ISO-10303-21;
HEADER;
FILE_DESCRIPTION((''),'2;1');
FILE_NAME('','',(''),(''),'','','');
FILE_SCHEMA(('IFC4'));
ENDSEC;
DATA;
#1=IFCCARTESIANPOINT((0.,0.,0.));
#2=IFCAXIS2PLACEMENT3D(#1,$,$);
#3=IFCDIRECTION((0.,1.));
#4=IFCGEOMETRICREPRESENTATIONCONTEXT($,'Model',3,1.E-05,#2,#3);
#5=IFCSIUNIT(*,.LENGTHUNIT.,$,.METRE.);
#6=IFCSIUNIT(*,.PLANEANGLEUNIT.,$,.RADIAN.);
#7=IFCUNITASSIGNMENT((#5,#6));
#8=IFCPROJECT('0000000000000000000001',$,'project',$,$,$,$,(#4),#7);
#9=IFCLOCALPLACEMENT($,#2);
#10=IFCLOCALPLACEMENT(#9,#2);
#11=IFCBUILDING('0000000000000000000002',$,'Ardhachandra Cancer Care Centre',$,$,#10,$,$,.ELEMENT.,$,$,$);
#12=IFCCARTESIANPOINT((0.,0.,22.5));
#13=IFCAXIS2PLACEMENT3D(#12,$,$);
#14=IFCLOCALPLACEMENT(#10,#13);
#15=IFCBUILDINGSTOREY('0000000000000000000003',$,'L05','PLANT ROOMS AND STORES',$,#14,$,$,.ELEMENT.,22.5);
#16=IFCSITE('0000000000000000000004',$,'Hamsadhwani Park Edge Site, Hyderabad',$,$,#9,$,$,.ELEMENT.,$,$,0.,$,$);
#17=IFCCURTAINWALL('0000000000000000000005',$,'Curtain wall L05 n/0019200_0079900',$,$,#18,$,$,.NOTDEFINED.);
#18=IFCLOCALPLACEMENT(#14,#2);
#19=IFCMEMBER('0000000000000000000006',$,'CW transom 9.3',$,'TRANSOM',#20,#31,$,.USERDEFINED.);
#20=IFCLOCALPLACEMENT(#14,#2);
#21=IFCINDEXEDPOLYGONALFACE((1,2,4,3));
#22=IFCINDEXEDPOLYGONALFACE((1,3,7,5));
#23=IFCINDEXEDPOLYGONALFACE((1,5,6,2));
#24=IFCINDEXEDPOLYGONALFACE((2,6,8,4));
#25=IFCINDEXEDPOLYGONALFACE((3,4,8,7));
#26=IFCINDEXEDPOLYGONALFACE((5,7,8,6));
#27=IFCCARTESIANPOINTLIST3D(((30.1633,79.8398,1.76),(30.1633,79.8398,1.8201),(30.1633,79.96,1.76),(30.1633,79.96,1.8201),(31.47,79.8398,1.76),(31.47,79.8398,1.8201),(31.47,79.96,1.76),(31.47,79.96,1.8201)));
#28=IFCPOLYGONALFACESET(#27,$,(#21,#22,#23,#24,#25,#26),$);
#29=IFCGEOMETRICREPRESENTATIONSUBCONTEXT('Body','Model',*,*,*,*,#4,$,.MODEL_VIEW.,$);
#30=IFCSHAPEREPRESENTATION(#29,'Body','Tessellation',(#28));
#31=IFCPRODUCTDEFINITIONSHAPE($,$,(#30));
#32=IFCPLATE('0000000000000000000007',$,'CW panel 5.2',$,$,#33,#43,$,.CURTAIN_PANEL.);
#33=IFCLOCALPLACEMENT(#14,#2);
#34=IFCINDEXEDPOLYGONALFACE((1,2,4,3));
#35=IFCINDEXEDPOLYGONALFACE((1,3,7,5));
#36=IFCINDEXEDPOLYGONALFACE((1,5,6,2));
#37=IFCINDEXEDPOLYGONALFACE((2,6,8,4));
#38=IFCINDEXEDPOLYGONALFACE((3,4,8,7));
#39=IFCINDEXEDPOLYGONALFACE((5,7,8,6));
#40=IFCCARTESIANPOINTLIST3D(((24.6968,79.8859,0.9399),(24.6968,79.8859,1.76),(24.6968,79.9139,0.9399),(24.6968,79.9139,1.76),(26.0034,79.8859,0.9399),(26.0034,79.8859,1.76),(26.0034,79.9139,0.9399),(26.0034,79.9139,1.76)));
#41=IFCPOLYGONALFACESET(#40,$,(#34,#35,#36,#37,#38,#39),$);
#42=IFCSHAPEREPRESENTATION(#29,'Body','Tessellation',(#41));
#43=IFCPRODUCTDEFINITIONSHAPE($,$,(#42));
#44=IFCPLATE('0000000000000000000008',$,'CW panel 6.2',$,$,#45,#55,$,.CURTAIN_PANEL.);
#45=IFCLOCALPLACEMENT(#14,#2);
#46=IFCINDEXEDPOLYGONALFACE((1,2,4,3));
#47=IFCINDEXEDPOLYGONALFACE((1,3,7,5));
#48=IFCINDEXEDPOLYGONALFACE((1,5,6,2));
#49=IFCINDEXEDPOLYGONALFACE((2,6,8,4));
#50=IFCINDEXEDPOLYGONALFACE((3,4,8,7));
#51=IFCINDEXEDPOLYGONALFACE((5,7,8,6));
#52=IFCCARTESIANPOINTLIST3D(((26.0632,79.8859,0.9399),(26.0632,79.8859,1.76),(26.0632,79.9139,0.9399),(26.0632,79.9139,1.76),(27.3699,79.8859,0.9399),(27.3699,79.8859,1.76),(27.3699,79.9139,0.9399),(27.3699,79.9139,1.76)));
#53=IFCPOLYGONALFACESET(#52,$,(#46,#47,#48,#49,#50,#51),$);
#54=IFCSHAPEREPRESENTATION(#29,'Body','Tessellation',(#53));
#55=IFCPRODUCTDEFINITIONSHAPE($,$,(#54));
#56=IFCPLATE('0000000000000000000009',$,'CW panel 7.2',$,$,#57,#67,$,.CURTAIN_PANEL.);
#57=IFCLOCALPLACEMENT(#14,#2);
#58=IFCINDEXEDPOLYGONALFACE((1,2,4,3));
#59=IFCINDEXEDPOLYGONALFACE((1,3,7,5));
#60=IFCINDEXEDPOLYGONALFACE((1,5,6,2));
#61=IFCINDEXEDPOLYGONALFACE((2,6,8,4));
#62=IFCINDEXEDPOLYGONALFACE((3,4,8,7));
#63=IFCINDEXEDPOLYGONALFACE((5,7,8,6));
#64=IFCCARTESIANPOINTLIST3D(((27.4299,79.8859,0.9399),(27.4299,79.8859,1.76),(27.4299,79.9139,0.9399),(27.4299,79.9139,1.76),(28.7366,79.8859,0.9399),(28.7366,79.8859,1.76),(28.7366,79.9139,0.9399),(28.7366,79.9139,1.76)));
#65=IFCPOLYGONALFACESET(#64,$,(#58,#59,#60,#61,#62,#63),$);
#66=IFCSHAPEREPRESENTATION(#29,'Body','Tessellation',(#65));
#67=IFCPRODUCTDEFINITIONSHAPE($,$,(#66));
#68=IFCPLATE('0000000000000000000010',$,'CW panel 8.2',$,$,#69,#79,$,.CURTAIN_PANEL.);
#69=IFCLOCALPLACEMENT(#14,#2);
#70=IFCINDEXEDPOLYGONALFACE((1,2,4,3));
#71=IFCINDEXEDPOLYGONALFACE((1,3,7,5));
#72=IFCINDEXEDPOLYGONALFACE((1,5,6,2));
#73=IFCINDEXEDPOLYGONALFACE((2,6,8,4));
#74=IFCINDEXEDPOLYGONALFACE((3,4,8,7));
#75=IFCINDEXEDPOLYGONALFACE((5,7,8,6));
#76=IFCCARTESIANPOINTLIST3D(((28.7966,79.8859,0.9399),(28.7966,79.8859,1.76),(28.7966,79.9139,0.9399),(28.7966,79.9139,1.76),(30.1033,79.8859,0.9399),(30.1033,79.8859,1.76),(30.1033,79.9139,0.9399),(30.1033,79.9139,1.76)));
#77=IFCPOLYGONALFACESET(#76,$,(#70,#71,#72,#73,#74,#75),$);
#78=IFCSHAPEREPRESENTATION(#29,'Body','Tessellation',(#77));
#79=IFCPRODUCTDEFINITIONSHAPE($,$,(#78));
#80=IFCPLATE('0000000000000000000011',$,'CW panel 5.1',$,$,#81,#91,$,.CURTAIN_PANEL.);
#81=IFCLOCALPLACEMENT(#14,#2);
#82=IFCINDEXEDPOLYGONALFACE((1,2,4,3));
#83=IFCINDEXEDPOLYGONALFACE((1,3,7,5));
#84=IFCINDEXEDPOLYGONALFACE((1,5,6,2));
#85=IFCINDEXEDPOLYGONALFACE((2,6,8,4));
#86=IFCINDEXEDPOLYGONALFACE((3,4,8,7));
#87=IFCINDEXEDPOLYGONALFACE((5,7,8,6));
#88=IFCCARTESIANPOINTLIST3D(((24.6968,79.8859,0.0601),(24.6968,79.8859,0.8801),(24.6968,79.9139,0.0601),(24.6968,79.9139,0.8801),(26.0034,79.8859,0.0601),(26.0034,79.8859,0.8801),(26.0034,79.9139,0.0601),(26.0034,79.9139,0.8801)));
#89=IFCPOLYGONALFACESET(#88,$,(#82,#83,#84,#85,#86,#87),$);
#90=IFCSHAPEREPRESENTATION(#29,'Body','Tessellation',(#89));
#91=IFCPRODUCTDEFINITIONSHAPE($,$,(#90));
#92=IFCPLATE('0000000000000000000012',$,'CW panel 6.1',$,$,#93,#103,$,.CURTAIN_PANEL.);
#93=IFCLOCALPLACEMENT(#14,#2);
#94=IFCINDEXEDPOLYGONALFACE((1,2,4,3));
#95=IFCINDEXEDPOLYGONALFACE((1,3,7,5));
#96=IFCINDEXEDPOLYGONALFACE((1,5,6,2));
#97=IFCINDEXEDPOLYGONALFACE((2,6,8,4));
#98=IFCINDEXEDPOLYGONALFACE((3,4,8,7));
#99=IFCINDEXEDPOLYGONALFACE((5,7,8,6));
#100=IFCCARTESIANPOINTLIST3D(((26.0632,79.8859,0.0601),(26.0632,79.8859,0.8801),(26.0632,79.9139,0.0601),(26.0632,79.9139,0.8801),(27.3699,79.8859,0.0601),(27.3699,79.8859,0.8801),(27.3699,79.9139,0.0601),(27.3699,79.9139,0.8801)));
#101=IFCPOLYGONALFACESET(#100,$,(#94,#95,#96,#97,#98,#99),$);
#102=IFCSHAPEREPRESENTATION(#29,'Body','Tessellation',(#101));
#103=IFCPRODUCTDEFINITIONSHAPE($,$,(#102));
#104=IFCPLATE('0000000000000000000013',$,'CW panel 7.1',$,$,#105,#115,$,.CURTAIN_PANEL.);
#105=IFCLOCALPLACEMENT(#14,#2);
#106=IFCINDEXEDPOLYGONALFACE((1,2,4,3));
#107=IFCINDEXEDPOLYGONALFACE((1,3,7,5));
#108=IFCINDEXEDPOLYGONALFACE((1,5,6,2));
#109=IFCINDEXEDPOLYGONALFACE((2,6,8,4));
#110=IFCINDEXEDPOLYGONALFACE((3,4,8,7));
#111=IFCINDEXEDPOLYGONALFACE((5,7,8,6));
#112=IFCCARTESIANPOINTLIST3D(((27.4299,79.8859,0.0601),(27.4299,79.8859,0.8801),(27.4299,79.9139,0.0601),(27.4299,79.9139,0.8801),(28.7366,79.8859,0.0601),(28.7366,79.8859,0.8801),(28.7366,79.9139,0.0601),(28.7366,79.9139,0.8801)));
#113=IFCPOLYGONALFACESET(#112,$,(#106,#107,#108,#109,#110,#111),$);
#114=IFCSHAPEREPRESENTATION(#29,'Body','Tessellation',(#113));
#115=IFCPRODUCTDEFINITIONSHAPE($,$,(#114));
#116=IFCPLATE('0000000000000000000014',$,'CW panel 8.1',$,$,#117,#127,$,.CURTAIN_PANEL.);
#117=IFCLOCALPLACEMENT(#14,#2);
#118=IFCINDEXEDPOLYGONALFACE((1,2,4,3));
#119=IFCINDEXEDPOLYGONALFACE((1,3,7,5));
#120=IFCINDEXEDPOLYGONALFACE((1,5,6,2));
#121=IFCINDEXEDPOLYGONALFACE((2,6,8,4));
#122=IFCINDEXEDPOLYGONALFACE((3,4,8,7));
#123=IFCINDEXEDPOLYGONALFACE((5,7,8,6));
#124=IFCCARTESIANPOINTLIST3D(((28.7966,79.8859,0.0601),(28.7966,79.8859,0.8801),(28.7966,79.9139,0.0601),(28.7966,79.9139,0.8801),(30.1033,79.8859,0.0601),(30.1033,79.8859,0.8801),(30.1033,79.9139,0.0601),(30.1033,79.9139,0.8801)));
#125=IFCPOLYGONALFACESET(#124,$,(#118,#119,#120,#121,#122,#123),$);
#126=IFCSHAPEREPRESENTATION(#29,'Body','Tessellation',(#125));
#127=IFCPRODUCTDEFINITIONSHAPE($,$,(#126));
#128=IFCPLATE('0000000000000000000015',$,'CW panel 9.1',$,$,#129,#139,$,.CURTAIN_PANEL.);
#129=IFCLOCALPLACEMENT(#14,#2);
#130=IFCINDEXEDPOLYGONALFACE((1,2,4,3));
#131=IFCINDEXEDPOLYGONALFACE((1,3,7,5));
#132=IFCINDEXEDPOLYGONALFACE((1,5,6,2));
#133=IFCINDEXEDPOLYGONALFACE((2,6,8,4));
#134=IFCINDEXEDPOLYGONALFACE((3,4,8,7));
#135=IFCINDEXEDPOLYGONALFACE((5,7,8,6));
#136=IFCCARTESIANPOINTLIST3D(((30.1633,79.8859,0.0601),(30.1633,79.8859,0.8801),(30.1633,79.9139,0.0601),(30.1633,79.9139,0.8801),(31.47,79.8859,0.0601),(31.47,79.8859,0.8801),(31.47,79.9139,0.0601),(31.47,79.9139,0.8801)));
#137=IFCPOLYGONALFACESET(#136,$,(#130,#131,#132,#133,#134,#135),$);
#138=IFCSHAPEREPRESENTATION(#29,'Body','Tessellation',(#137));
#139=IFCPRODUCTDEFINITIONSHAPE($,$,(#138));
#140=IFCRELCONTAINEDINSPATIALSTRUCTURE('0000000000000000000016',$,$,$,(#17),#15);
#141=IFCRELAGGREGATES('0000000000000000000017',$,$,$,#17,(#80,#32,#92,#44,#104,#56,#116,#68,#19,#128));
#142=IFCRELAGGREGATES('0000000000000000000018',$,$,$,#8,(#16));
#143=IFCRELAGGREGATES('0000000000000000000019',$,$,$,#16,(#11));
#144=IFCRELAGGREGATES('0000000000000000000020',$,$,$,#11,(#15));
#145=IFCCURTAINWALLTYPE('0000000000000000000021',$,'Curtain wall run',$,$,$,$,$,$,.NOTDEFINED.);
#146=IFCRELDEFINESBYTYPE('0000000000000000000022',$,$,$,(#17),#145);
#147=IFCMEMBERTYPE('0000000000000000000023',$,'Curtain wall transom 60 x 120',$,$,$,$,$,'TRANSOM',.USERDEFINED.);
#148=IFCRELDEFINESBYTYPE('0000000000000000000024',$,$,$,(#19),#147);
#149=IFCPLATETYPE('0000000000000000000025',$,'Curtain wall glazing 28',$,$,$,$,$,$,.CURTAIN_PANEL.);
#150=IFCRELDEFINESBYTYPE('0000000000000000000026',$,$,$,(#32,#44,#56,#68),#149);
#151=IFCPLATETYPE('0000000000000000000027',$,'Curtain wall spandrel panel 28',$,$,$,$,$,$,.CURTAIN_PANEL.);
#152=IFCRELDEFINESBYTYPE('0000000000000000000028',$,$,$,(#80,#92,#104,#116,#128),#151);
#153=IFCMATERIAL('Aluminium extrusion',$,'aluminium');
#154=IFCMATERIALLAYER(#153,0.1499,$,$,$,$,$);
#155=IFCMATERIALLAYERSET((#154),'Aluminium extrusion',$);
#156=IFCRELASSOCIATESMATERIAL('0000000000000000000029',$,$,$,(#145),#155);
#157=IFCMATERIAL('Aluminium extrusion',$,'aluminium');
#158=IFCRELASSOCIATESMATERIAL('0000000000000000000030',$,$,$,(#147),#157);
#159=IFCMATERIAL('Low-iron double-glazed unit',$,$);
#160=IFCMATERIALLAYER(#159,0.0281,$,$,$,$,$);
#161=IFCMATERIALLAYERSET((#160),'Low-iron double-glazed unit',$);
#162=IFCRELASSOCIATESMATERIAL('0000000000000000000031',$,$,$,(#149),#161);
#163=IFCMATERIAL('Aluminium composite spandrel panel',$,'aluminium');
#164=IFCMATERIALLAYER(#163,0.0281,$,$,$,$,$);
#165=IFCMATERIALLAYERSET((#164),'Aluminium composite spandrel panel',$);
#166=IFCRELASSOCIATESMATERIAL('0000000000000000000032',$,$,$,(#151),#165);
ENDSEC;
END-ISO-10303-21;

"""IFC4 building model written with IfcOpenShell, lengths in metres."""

from ifc_helpers import new_model, si_unit, direction, frame, origin, origin_2d, place, context, subcontext, project, spatial, rectangle, extrude, material, layer, layer_set, material_profile, profile_set, type_object, element, aggregate, save


model = new_model("IFC4")

# Units and contexts
model_context = context("Model", 3, precision=1e-05, world=origin(), true_north=direction((0.0, 1.0)))
body_context = subcontext(model_context, "Body", "Model", "MODEL_VIEW")
ifc_project = project(units=[si_unit("LENGTHUNIT", "METRE"), si_unit("PLANEANGLEUNIT", "RADIAN")], contexts=[model_context])

# Site, building, storey
site_placement = place(None, origin())
site = spatial("IfcSite", under=ifc_project, at=site_placement, Name="Hamsadhwani Park Edge Site, Hyderabad", CompositionType="ELEMENT", RefElevation=0.0)
building_placement = place(site_placement, origin())
building = spatial("IfcBuilding", under=site, at=building_placement, Name="Ardhachandra Cancer Care Centre", CompositionType="ELEMENT")
storey_placement = place(building_placement, frame((0.0, 0.0, 22.5)))
storey = spatial("IfcBuildingStorey", under=building, at=storey_placement, Name="L05", Description="PLANT ROOMS AND STORES", CompositionType="ELEMENT", Elevation=22.5)

# Curtain wall, member, plates
ifc_material_1 = material(Name="Aluminium extrusion", Category="aluminium")
ifc_layer_1 = layer(ifc_material_1, 0.1499)
ifc_layer_set_1 = layer_set([ifc_layer_1], Name="Aluminium extrusion")
curtain_wall_type = type_object("IfcCurtainWallType", Name="Curtain wall run", PredefinedType="NOTDEFINED", material=ifc_layer_set_1)
curtain_wall_placement = place(storey_placement, origin())
curtain_wall = element("IfcCurtainWall", 1, at=curtain_wall_placement, inside=storey, type_object=curtain_wall_type, Name="Curtain wall L05 n/0019200_0079900", PredefinedType="NOTDEFINED")
ifc_material_2 = material(Name="Aluminium extrusion", Category="aluminium")
ifc_material_profile_1 = material_profile(ifc_material_2, rectangle(XDim=0.1201, YDim=0.0601, at=origin_2d()), Name="Curtain wall transom 60 x 120")
ifc_profile_set_1 = profile_set([ifc_material_profile_1], Name="Aluminium extrusion")
member_type_1 = type_object("IfcMemberType", Name="Curtain wall transom 60 x 120", ElementType="TRANSOM", PredefinedType="USERDEFINED", material=ifc_profile_set_1)
member_1_placement = place(storey_placement, frame((30.1633, 79.8999, 1.79), z_axis=(1.0, 0.0, 0.0), x_axis=(0.0, 1.0, 0.0)))
member_1 = element("IfcMember", 2, at=member_1_placement, type_object=member_type_1, Name="CW transom 9.3", ObjectType="TRANSOM", PredefinedType="USERDEFINED", context=body_context, shape_type="SweptSolid", body=[
    extrude(rectangle(XDim=0.1201, YDim=0.0601, at=origin_2d()), origin(), (0.0, 0.0, 1.0), 1.3066),
])
ifc_material_3 = material(Name="Low-iron double-glazed unit")
ifc_layer_2 = layer(ifc_material_3, 0.0281)
ifc_layer_set_2 = layer_set([ifc_layer_2], Name="Low-iron double-glazed unit")
plate_type_1 = type_object("IfcPlateType", Name="Curtain wall glazing 28", PredefinedType="CURTAIN_PANEL", material=ifc_layer_set_2)
plate_1_placement = place(storey_placement, frame((25.3501, 79.8999, 0.9399), z_axis=(0.0, 0.0, 1.0), x_axis=(1.0, 0.0, 0.0)))
plate_1 = element("IfcPlate", 3, at=plate_1_placement, type_object=plate_type_1, Name="CW panel 5.2", PredefinedType="CURTAIN_PANEL", context=body_context, shape_type="SweptSolid", body=[
    extrude(rectangle(XDim=1.3066, YDim=0.0281, at=origin_2d()), origin(), (0.0, 0.0, 1.0), 0.8201),
])
plate_2_placement = place(storey_placement, frame((26.7166, 79.8999, 0.9399), z_axis=(0.0, 0.0, 1.0), x_axis=(1.0, 0.0, 0.0)))
plate_2 = element("IfcPlate", 4, at=plate_2_placement, type_object=plate_type_1, Name="CW panel 6.2", PredefinedType="CURTAIN_PANEL", context=body_context, shape_type="SweptSolid", body=[
    extrude(rectangle(XDim=1.3066, YDim=0.0281, at=origin_2d()), origin(), (0.0, 0.0, 1.0), 0.8201),
])
plate_3_placement = place(storey_placement, frame((28.0833, 79.8999, 0.9399), z_axis=(0.0, 0.0, 1.0), x_axis=(1.0, 0.0, 0.0)))
plate_3 = element("IfcPlate", 5, at=plate_3_placement, type_object=plate_type_1, Name="CW panel 7.2", PredefinedType="CURTAIN_PANEL", context=body_context, shape_type="SweptSolid", body=[
    extrude(rectangle(XDim=1.3066, YDim=0.0281, at=origin_2d()), origin(), (0.0, 0.0, 1.0), 0.8201),
])
plate_4_placement = place(storey_placement, frame((29.45, 79.8999, 0.9399), z_axis=(0.0, 0.0, 1.0), x_axis=(1.0, 0.0, 0.0)))
plate_4 = element("IfcPlate", 6, at=plate_4_placement, type_object=plate_type_1, Name="CW panel 8.2", PredefinedType="CURTAIN_PANEL", context=body_context, shape_type="SweptSolid", body=[
    extrude(rectangle(XDim=1.3066, YDim=0.0281, at=origin_2d()), origin(), (0.0, 0.0, 1.0), 0.8201),
])
ifc_material_4 = material(Name="Aluminium composite spandrel panel", Category="aluminium")
ifc_layer_3 = layer(ifc_material_4, 0.0281)
ifc_layer_set_3 = layer_set([ifc_layer_3], Name="Aluminium composite spandrel panel")
plate_type_2 = type_object("IfcPlateType", Name="Curtain wall spandrel panel 28", PredefinedType="CURTAIN_PANEL", material=ifc_layer_set_3)
plate_5_placement = place(storey_placement, frame((25.3501, 79.8999, 0.0601), z_axis=(0.0, 0.0, 1.0), x_axis=(1.0, 0.0, 0.0)))
plate_5 = element("IfcPlate", 7, at=plate_5_placement, type_object=plate_type_2, Name="CW panel 5.1", PredefinedType="CURTAIN_PANEL", context=body_context, shape_type="SweptSolid", body=[
    extrude(rectangle(XDim=1.3066, YDim=0.0281, at=origin_2d()), origin(), (0.0, 0.0, 1.0), 0.8201),
])
plate_6_placement = place(storey_placement, frame((26.7166, 79.8999, 0.0601), z_axis=(0.0, 0.0, 1.0), x_axis=(1.0, 0.0, 0.0)))
plate_6 = element("IfcPlate", 8, at=plate_6_placement, type_object=plate_type_2, Name="CW panel 6.1", PredefinedType="CURTAIN_PANEL", context=body_context, shape_type="SweptSolid", body=[
    extrude(rectangle(XDim=1.3066, YDim=0.0281, at=origin_2d()), origin(), (0.0, 0.0, 1.0), 0.8201),
])
plate_7_placement = place(storey_placement, frame((28.0833, 79.8999, 0.0601), z_axis=(0.0, 0.0, 1.0), x_axis=(1.0, 0.0, 0.0)))
plate_7 = element("IfcPlate", 9, at=plate_7_placement, type_object=plate_type_2, Name="CW panel 7.1", PredefinedType="CURTAIN_PANEL", context=body_context, shape_type="SweptSolid", body=[
    extrude(rectangle(XDim=1.3066, YDim=0.0281, at=origin_2d()), origin(), (0.0, 0.0, 1.0), 0.8201),
])
plate_8_placement = place(storey_placement, frame((29.45, 79.8999, 0.0601), z_axis=(0.0, 0.0, 1.0), x_axis=(1.0, 0.0, 0.0)))
plate_8 = element("IfcPlate", 10, at=plate_8_placement, type_object=plate_type_2, Name="CW panel 8.1", PredefinedType="CURTAIN_PANEL", context=body_context, shape_type="SweptSolid", body=[
    extrude(rectangle(XDim=1.3066, YDim=0.0281, at=origin_2d()), origin(), (0.0, 0.0, 1.0), 0.8201),
])
plate_9_placement = place(storey_placement, frame((30.8167, 79.8999, 0.0601), z_axis=(0.0, 0.0, 1.0), x_axis=(1.0, 0.0, 0.0)))
plate_9 = element("IfcPlate", 11, at=plate_9_placement, type_object=plate_type_2, Name="CW panel 9.1", PredefinedType="CURTAIN_PANEL", context=body_context, shape_type="SweptSolid", body=[
    extrude(rectangle(XDim=1.3066, YDim=0.0281, at=origin_2d()), origin(), (0.0, 0.0, 1.0), 0.8201),
])
aggregate(curtain_wall, [plate_5, plate_1, plate_6, plate_2, plate_7, plate_3, plate_8, plate_4, member_1, plate_9])

save(model, "model.ifc")
